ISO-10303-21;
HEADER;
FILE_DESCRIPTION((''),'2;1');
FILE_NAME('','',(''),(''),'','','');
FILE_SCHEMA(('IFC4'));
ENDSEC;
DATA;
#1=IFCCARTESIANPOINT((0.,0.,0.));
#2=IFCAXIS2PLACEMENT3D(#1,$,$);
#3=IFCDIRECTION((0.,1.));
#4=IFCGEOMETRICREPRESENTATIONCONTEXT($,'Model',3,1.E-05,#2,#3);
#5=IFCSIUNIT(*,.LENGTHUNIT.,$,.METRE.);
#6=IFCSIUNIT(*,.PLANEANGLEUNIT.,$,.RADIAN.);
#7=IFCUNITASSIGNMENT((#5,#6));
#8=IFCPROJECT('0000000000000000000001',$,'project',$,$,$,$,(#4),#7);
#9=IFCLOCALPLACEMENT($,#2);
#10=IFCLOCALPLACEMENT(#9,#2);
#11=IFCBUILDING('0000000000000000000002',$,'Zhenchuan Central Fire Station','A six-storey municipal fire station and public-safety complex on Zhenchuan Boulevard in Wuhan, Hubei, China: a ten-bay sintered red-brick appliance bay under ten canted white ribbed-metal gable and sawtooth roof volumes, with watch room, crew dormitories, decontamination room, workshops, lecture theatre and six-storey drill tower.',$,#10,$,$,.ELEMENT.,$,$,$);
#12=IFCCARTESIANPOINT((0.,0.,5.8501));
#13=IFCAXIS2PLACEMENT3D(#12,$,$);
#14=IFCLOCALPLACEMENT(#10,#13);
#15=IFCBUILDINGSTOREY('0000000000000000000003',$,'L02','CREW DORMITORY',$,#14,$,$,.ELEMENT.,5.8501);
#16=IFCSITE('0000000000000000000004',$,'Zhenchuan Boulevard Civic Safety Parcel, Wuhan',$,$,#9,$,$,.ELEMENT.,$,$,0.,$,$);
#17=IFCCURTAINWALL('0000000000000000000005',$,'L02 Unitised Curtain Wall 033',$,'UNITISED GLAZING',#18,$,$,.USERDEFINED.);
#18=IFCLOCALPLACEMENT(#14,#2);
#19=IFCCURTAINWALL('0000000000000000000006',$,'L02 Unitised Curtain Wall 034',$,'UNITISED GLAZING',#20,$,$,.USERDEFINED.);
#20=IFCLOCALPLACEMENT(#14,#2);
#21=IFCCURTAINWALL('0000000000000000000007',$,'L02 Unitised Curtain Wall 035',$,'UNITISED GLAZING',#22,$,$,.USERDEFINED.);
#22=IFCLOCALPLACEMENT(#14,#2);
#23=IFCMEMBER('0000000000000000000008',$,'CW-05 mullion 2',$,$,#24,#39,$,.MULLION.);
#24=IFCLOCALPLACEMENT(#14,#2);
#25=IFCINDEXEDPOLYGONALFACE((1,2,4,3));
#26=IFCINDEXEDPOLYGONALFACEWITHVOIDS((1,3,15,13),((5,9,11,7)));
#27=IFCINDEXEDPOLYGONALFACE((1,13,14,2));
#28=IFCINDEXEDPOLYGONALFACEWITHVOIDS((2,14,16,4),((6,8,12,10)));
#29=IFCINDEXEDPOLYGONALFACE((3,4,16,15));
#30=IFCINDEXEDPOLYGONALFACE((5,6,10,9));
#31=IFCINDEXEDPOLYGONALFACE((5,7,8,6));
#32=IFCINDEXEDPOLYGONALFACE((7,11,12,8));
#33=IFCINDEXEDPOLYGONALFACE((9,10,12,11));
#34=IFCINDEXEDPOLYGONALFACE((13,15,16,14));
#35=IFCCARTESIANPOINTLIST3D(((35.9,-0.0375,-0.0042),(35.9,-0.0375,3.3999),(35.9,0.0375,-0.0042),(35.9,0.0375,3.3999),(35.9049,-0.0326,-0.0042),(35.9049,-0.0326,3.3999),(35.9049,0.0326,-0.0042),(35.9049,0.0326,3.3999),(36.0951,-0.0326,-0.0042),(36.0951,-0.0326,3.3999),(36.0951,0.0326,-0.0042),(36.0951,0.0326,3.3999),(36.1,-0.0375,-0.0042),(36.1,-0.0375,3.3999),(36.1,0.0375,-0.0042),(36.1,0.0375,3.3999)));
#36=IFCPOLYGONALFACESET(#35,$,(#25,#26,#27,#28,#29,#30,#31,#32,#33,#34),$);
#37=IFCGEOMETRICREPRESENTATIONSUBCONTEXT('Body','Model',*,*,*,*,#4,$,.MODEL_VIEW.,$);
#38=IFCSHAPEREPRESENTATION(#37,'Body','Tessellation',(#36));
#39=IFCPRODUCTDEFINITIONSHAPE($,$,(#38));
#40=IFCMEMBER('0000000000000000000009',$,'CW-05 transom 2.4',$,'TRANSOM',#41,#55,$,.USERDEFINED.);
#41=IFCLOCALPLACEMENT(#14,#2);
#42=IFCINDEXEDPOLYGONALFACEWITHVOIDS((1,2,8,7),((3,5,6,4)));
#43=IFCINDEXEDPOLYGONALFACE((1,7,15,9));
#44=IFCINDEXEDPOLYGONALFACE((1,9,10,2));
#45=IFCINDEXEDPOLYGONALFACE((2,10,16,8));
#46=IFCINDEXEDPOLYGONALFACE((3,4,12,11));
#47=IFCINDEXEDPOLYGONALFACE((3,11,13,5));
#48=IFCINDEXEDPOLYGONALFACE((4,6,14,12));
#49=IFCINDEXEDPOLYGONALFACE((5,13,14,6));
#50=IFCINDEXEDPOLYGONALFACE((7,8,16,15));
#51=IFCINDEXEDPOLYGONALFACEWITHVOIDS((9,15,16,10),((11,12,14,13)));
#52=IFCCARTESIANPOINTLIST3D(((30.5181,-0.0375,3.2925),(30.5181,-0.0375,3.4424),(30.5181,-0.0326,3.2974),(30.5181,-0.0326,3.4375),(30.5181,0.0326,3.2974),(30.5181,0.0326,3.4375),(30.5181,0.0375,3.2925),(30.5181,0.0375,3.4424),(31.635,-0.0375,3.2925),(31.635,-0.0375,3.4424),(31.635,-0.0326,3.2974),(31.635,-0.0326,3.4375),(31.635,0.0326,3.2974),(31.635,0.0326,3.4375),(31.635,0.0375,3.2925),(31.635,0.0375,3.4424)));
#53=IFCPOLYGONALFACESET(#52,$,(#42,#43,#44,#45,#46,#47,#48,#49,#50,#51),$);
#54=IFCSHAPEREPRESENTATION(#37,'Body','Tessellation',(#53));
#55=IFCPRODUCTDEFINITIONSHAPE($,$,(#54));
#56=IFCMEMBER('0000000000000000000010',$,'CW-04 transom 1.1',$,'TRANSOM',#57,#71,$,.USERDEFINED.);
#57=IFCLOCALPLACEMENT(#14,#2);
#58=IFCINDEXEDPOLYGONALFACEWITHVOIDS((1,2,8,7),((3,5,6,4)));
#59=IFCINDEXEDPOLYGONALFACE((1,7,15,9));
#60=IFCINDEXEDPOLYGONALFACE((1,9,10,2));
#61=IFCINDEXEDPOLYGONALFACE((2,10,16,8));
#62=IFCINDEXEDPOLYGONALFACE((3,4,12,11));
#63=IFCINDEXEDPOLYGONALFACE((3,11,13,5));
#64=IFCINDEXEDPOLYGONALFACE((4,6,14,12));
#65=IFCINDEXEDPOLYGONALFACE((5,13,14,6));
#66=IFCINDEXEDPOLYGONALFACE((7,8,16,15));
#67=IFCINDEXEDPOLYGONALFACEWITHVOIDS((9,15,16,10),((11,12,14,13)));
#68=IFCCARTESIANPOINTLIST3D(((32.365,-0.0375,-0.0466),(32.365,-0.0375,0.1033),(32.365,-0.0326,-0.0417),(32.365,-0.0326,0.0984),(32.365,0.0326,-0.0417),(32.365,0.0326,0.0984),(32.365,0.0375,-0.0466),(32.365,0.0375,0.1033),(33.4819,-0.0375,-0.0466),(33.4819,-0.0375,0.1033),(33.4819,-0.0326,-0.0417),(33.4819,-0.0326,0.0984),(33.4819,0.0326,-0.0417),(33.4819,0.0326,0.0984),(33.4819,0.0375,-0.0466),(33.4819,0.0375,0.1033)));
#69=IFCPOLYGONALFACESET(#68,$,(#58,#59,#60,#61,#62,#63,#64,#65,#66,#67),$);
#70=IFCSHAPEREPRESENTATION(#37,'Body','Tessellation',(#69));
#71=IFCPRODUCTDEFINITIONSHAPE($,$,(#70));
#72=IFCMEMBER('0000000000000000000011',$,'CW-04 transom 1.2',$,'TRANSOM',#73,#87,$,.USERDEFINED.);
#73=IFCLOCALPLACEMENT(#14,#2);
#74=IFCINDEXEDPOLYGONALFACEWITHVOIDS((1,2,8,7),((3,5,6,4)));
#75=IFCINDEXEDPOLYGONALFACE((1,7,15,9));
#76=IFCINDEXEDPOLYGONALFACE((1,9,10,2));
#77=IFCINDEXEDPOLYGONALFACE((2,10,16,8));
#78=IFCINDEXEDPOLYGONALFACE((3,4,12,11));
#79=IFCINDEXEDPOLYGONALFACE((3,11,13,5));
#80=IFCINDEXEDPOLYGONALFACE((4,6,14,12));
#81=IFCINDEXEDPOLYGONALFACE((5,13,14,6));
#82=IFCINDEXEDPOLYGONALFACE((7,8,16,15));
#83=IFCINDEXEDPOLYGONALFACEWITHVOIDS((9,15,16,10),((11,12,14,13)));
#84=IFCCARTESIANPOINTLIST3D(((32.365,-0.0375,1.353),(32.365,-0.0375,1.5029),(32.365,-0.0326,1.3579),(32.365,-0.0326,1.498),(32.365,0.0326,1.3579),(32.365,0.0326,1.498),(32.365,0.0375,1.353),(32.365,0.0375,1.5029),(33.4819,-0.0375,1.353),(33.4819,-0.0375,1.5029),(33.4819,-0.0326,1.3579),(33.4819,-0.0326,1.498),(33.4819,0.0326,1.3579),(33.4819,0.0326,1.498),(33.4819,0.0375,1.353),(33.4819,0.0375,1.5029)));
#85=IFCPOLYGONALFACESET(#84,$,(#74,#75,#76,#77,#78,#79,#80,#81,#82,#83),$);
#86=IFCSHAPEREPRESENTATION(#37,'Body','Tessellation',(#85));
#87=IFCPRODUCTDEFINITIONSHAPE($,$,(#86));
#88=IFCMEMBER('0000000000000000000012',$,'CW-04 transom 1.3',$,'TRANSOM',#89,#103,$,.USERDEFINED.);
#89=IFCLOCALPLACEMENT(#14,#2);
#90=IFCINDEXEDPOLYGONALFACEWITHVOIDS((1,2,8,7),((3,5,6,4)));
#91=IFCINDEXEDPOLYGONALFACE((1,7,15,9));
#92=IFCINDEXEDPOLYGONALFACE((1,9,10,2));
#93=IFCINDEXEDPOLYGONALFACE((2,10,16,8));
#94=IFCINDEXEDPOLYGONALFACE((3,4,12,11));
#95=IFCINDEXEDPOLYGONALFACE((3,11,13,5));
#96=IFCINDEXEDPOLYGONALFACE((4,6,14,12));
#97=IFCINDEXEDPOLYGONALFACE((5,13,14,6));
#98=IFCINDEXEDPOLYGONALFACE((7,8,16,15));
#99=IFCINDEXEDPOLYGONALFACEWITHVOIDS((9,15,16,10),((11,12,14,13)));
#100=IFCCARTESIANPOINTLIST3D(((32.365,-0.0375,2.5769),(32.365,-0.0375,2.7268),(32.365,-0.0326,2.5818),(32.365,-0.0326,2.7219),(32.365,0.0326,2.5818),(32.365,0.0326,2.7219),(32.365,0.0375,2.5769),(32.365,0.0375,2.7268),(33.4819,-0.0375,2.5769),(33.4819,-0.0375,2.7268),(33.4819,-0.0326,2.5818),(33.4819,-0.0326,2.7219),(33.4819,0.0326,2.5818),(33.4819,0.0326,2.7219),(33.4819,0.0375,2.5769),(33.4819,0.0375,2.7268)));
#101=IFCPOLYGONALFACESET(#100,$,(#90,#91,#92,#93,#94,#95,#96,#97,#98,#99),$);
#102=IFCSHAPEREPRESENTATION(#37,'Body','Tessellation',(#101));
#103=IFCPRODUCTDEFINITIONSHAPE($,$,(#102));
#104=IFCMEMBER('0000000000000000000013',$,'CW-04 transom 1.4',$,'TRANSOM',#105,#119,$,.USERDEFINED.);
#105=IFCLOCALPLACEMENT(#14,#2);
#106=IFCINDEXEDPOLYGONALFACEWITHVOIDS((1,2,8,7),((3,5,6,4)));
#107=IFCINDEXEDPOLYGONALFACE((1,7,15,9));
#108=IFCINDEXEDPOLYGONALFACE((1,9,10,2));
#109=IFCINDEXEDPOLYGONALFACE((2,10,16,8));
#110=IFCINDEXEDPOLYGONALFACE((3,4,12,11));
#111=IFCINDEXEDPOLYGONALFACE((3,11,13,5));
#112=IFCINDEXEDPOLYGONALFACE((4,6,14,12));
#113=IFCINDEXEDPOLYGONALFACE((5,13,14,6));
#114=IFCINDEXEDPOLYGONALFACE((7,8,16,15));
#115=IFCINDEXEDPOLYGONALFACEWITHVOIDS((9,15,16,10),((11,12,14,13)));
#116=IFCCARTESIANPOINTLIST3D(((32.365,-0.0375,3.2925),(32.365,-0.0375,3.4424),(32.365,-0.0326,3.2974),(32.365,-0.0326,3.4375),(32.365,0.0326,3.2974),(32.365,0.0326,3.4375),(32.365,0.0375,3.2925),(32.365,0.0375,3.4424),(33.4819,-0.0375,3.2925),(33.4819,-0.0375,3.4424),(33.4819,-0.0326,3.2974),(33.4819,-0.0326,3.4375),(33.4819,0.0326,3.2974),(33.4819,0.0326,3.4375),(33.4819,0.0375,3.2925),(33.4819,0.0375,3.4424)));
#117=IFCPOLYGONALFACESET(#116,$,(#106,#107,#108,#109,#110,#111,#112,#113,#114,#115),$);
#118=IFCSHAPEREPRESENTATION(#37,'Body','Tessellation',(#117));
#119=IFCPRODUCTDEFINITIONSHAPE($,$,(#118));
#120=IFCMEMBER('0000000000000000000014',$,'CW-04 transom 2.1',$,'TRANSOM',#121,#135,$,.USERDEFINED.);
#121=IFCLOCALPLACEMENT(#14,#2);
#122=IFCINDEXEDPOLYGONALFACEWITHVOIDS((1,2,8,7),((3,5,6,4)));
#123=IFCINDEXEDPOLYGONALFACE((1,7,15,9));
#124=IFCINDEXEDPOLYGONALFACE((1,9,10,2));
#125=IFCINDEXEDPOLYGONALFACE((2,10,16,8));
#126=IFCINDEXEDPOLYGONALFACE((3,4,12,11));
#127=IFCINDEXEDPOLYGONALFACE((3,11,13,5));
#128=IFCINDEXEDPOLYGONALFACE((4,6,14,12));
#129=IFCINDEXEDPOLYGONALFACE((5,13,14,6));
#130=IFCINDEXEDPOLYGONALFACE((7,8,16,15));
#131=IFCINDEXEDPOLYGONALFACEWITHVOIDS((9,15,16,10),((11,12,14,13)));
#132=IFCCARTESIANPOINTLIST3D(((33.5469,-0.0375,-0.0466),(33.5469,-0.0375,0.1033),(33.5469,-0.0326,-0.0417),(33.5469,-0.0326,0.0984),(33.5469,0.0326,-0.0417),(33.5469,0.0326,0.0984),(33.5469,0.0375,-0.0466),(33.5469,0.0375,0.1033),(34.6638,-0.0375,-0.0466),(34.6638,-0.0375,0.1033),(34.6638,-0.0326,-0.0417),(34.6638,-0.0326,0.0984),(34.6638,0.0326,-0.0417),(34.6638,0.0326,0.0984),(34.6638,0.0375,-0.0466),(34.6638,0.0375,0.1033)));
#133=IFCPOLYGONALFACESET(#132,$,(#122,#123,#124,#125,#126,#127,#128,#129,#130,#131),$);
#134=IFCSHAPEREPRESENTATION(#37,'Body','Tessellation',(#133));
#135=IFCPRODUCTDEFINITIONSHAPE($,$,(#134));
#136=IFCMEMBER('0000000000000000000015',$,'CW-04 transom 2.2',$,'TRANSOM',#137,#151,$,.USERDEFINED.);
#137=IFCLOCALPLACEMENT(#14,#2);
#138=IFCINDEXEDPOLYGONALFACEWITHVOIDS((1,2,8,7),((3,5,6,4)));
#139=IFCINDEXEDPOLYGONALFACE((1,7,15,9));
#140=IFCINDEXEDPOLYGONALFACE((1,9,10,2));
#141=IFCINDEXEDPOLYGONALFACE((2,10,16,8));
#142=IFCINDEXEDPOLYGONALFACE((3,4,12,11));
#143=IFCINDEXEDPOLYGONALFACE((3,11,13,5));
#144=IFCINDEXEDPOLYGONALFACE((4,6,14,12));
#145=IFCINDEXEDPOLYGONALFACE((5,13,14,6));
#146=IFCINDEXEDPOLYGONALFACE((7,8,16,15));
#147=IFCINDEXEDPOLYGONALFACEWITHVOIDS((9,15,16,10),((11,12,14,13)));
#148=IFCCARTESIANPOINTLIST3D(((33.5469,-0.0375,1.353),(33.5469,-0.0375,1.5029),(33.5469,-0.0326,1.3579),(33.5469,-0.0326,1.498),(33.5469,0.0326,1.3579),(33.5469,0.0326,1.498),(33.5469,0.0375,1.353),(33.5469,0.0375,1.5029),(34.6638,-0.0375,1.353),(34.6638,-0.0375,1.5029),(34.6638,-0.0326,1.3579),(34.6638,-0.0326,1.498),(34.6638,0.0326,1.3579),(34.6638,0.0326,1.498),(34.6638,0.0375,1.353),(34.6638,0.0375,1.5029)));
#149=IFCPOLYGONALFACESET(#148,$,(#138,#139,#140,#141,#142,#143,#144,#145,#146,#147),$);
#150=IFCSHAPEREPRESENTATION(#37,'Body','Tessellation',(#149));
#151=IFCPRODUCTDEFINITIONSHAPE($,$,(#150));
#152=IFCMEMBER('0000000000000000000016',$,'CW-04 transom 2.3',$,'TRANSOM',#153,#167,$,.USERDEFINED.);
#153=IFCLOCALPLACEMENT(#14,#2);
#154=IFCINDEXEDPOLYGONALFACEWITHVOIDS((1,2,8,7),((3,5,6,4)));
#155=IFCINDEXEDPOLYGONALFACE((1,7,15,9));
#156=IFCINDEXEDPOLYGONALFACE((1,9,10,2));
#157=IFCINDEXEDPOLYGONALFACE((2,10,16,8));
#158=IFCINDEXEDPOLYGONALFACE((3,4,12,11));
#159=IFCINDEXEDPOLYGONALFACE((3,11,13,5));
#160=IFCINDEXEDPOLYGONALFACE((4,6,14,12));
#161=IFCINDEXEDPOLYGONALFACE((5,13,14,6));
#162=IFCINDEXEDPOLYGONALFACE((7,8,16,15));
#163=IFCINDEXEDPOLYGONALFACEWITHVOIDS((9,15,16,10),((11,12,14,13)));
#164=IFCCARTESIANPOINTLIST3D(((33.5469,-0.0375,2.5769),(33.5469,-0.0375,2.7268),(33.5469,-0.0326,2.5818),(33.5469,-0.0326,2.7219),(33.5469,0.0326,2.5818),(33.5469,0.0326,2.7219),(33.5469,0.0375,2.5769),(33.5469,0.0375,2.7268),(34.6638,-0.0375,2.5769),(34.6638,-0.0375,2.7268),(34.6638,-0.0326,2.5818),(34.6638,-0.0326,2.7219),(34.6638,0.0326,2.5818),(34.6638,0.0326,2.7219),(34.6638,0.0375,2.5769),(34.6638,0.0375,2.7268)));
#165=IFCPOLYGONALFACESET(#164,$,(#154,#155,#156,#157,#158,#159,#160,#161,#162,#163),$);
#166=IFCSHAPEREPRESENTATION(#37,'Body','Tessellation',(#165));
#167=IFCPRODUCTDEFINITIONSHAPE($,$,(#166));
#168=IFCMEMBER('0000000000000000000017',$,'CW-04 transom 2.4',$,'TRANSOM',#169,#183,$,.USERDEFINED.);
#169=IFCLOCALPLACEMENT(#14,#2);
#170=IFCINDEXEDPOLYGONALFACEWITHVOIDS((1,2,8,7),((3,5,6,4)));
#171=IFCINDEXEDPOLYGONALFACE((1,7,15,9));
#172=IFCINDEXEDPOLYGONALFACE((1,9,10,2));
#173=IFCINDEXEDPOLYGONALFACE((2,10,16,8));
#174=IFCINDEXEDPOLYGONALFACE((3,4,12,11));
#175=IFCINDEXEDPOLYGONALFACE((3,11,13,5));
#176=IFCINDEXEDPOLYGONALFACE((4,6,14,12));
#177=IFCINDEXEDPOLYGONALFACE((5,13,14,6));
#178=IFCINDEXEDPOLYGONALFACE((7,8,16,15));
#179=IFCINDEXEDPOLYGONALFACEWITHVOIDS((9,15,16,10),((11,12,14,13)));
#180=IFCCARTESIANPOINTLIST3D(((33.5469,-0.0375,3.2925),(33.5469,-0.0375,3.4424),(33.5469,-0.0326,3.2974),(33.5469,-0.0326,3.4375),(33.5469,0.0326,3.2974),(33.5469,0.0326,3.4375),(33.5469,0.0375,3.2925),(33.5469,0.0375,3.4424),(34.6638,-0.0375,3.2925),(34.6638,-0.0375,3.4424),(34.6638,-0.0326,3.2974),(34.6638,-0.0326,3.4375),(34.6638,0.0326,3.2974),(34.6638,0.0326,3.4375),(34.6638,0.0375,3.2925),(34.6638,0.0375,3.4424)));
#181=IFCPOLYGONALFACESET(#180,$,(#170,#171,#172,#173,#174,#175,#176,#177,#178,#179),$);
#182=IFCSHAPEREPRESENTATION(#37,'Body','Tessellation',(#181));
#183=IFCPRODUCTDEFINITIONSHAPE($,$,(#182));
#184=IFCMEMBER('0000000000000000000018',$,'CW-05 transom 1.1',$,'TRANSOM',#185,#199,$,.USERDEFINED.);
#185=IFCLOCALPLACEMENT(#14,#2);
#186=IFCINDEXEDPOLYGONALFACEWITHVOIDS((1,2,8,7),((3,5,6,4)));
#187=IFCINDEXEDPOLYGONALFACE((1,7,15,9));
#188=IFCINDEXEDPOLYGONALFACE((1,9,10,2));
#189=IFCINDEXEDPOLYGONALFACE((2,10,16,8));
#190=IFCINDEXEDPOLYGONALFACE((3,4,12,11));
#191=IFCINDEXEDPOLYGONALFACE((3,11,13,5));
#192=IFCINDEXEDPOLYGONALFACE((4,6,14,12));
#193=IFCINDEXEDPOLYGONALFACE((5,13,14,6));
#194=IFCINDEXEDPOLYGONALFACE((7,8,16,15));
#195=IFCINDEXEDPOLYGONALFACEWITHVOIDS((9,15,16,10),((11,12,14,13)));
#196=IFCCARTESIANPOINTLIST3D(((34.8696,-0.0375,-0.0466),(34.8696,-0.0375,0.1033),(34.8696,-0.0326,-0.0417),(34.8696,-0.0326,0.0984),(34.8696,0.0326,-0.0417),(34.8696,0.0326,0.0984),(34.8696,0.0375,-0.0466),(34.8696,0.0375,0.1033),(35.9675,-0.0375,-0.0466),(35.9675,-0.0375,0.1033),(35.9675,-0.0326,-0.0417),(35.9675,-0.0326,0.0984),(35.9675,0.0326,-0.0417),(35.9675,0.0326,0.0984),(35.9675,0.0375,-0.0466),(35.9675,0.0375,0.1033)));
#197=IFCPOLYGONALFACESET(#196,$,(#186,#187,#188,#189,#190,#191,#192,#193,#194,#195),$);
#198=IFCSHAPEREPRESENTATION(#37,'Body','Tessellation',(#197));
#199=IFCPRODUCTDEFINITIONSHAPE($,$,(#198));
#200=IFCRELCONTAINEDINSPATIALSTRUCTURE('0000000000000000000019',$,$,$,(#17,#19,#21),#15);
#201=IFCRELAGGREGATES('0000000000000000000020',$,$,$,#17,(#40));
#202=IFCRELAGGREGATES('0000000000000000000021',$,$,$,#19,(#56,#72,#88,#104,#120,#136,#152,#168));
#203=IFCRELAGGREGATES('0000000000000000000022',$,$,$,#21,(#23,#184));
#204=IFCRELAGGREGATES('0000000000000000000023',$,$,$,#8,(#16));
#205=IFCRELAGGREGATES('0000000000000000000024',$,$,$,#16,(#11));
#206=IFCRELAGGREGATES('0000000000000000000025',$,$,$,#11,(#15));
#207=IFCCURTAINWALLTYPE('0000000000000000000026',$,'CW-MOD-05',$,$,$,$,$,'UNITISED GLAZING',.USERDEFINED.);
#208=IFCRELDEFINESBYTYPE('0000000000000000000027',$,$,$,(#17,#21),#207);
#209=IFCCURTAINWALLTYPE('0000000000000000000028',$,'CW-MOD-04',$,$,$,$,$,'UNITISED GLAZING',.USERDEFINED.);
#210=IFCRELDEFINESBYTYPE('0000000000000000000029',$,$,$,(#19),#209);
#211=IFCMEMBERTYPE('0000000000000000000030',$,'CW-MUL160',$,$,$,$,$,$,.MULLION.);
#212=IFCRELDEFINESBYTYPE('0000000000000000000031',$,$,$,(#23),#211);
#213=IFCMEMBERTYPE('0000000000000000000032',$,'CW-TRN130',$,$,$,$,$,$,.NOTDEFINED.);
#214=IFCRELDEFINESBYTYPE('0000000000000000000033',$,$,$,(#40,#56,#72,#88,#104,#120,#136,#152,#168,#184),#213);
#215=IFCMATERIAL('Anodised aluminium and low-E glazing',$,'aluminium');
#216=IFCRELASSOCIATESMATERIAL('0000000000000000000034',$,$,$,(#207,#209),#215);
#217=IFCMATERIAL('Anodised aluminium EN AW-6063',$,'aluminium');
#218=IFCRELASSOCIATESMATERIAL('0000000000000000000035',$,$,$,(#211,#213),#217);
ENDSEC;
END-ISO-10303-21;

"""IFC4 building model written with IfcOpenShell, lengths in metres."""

from ifc_helpers import new_model, si_unit, direction, frame, origin, origin_2d, place, context, subcontext, project, spatial, hollow_rectangle, extrude, material, material_profile, profile_set, type_object, element, aggregate, save


model = new_model("IFC4")

# Units and contexts
model_context = context("Model", 3, precision=1e-05, world=origin(), true_north=direction((0.0, 1.0)))
body_context = subcontext(model_context, "Body", "Model", "MODEL_VIEW")
ifc_project = project(units=[si_unit("LENGTHUNIT", "METRE"), si_unit("PLANEANGLEUNIT", "RADIAN")], contexts=[model_context])

# Site, building, storey
site_placement = place(None, origin())
site = spatial("IfcSite", under=ifc_project, at=site_placement, Name="Zhenchuan Boulevard Civic Safety Parcel, Wuhan", CompositionType="ELEMENT", RefElevation=0.0)
building_placement = place(site_placement, origin())
building = spatial("IfcBuilding", under=site, at=building_placement, Name="Zhenchuan Central Fire Station", Description="A six-storey municipal fire station and public-safety complex on Zhenchuan Boulevard in Wuhan, Hubei, China: a ten-bay sintered red-brick appliance bay under ten canted white ribbed-metal gable and sawtooth roof volumes, with watch room, crew dormitories, decontamination room, workshops, lecture theatre and six-storey drill tower.", CompositionType="ELEMENT")
storey_placement = place(building_placement, frame((0.0, 0.0, 5.8501)))
storey = spatial("IfcBuildingStorey", under=building, at=storey_placement, Name="L02", Description="CREW DORMITORY", CompositionType="ELEMENT", Elevation=5.8501)

# Curtain wall
ifc_material_1 = material(Name="Anodised aluminium and low-E glazing", Category="aluminium")
curtain_wall_type_1 = type_object("IfcCurtainWallType", Name="CW-MOD-05", ElementType="UNITISED GLAZING", PredefinedType="USERDEFINED", material=ifc_material_1)
curtain_wall_1_placement = place(storey_placement, origin())
curtain_wall_1 = element("IfcCurtainWall", 1, at=curtain_wall_1_placement, inside=storey, type_object=curtain_wall_type_1, Name="L02 Unitised Curtain Wall 033", ObjectType="UNITISED GLAZING", PredefinedType="USERDEFINED")
ifc_material_2 = material(Name="Anodised aluminium EN AW-6063", Category="aluminium")
ifc_material_profile_1 = material_profile(ifc_material_2, hollow_rectangle(XDim=0.075, YDim=0.2, WallThickness=0.0049, at=origin_2d()), Name="ALU-M 200x75")
ifc_profile_set_1 = profile_set([ifc_material_profile_1], Name="Anodised aluminium EN AW-6063")
member_type_1 = type_object("IfcMemberType", Name="CW-MUL160", PredefinedType="MULLION", material=ifc_profile_set_1)

# Curtain walls, member
curtain_wall_type_2 = type_object("IfcCurtainWallType", Name="CW-MOD-04", ElementType="UNITISED GLAZING", PredefinedType="USERDEFINED", material=ifc_material_1)
curtain_wall_2_placement = place(storey_placement, origin())
curtain_wall_2 = element("IfcCurtainWall", 2, at=curtain_wall_2_placement, inside=storey, type_object=curtain_wall_type_2, Name="L02 Unitised Curtain Wall 034", ObjectType="UNITISED GLAZING", PredefinedType="USERDEFINED")
curtain_wall_3_placement = place(storey_placement, origin())
curtain_wall_3 = element("IfcCurtainWall", 3, at=curtain_wall_3_placement, inside=storey, type_object=curtain_wall_type_1, Name="L02 Unitised Curtain Wall 035", ObjectType="UNITISED GLAZING", PredefinedType="USERDEFINED")
member_1_placement = place(storey_placement, frame((36.0, 0.0, -0.0042), z_axis=(0.0, 0.0, 1.0), x_axis=(0.0, 1.0, 0.0)))
member_1 = element("IfcMember", 4, at=member_1_placement, type_object=member_type_1, Name="CW-05 mullion 2", PredefinedType="MULLION", context=body_context, shape_type="SweptSolid", body=[
    extrude(hollow_rectangle(XDim=0.075, YDim=0.2, WallThickness=0.0049, at=origin_2d()), origin(), (0.0, 0.0, 1.0), 3.4041),
])

# Members
ifc_material_profile_2 = material_profile(ifc_material_2, hollow_rectangle(XDim=0.075, YDim=0.1499, WallThickness=0.0049, at=origin_2d()), Name="ALU-T 150x75")
ifc_profile_set_2 = profile_set([ifc_material_profile_2], Name="Anodised aluminium EN AW-6063")
member_type_2 = type_object("IfcMemberType", Name="CW-TRN130", PredefinedType="NOTDEFINED", material=ifc_profile_set_2)
member_2_placement = place(storey_placement, frame((30.5181, 0.0, 3.3674), z_axis=(1.0, 0.0, 0.0), x_axis=(0.0, 1.0, 0.0)))
member_2 = element("IfcMember", 5, at=member_2_placement, type_object=member_type_2, Name="CW-05 transom 2.4", ObjectType="TRANSOM", PredefinedType="USERDEFINED", context=body_context, shape_type="SweptSolid", body=[
    extrude(hollow_rectangle(XDim=0.075, YDim=0.1499, WallThickness=0.0049, at=origin_2d()), origin(), (0.0, 0.0, 1.0), 1.1169),
])
member_3_placement = place(storey_placement, frame((32.365, 0.0, 0.0283), z_axis=(1.0, 0.0, 0.0), x_axis=(0.0, 1.0, 0.0)))
member_3 = element("IfcMember", 6, at=member_3_placement, type_object=member_type_2, Name="CW-04 transom 1.1", ObjectType="TRANSOM", PredefinedType="USERDEFINED", context=body_context, shape_type="SweptSolid", body=[
    extrude(hollow_rectangle(XDim=0.075, YDim=0.1499, WallThickness=0.0049, at=origin_2d()), origin(), (0.0, 0.0, 1.0), 1.1169),
])
member_4_placement = place(storey_placement, frame((32.365, 0.0, 1.428), z_axis=(1.0, 0.0, 0.0), x_axis=(0.0, 1.0, 0.0)))
member_4 = element("IfcMember", 7, at=member_4_placement, type_object=member_type_2, Name="CW-04 transom 1.2", ObjectType="TRANSOM", PredefinedType="USERDEFINED", context=body_context, shape_type="SweptSolid", body=[
    extrude(hollow_rectangle(XDim=0.075, YDim=0.1499, WallThickness=0.0049, at=origin_2d()), origin(), (0.0, 0.0, 1.0), 1.1169),
])
member_5_placement = place(storey_placement, frame((32.365, 0.0, 2.6519), z_axis=(1.0, 0.0, 0.0), x_axis=(0.0, 1.0, 0.0)))
member_5 = element("IfcMember", 8, at=member_5_placement, type_object=member_type_2, Name="CW-04 transom 1.3", ObjectType="TRANSOM", PredefinedType="USERDEFINED", context=body_context, shape_type="SweptSolid", body=[
    extrude(hollow_rectangle(XDim=0.075, YDim=0.1499, WallThickness=0.0049, at=origin_2d()), origin(), (0.0, 0.0, 1.0), 1.1169),
])
member_6_placement = place(storey_placement, frame((32.365, 0.0, 3.3674), z_axis=(1.0, 0.0, 0.0), x_axis=(0.0, 1.0, 0.0)))
member_6 = element("IfcMember", 9, at=member_6_placement, type_object=member_type_2, Name="CW-04 transom 1.4", ObjectType="TRANSOM", PredefinedType="USERDEFINED", context=body_context, shape_type="SweptSolid", body=[
    extrude(hollow_rectangle(XDim=0.075, YDim=0.1499, WallThickness=0.0049, at=origin_2d()), origin(), (0.0, 0.0, 1.0), 1.1169),
])
member_7_placement = place(storey_placement, frame((33.5469, 0.0, 0.0283), z_axis=(1.0, 0.0, 0.0), x_axis=(0.0, 1.0, 0.0)))
member_7 = element("IfcMember", 10, at=member_7_placement, type_object=member_type_2, Name="CW-04 transom 2.1", ObjectType="TRANSOM", PredefinedType="USERDEFINED", context=body_context, shape_type="SweptSolid", body=[
    extrude(hollow_rectangle(XDim=0.075, YDim=0.1499, WallThickness=0.0049, at=origin_2d()), origin(), (0.0, 0.0, 1.0), 1.1169),
])
member_8_placement = place(storey_placement, frame((33.5469, 0.0, 1.428), z_axis=(1.0, 0.0, 0.0), x_axis=(0.0, 1.0, 0.0)))
member_8 = element("IfcMember", 11, at=member_8_placement, type_object=member_type_2, Name="CW-04 transom 2.2", ObjectType="TRANSOM", PredefinedType="USERDEFINED", context=body_context, shape_type="SweptSolid", body=[
    extrude(hollow_rectangle(XDim=0.075, YDim=0.1499, WallThickness=0.0049, at=origin_2d()), origin(), (0.0, 0.0, 1.0), 1.1169),
])
member_9_placement = place(storey_placement, frame((33.5469, 0.0, 2.6519), z_axis=(1.0, 0.0, 0.0), x_axis=(0.0, 1.0, 0.0)))
member_9 = element("IfcMember", 12, at=member_9_placement, type_object=member_type_2, Name="CW-04 transom 2.3", ObjectType="TRANSOM", PredefinedType="USERDEFINED", context=body_context, shape_type="SweptSolid", body=[
    extrude(hollow_rectangle(XDim=0.075, YDim=0.1499, WallThickness=0.0049, at=origin_2d()), origin(), (0.0, 0.0, 1.0), 1.1169),
])
member_10_placement = place(storey_placement, frame((33.5469, 0.0, 3.3674), z_axis=(1.0, 0.0, 0.0), x_axis=(0.0, 1.0, 0.0)))
member_10 = element("IfcMember", 13, at=member_10_placement, type_object=member_type_2, Name="CW-04 transom 2.4", ObjectType="TRANSOM", PredefinedType="USERDEFINED", context=body_context, shape_type="SweptSolid", body=[
    extrude(hollow_rectangle(XDim=0.075, YDim=0.1499, WallThickness=0.0049, at=origin_2d()), origin(), (0.0, 0.0, 1.0), 1.1169),
])
member_11_placement = place(storey_placement, frame((34.8696, 0.0, 0.0283), z_axis=(1.0, 0.0, 0.0), x_axis=(0.0, 1.0, 0.0)))
member_11 = element("IfcMember", 14, at=member_11_placement, type_object=member_type_2, Name="CW-05 transom 1.1", ObjectType="TRANSOM", PredefinedType="USERDEFINED", context=body_context, shape_type="SweptSolid", body=[
    extrude(hollow_rectangle(XDim=0.075, YDim=0.1499, WallThickness=0.0049, at=origin_2d()), origin(), (0.0, 0.0, 1.0), 1.0979),
])

aggregate(curtain_wall_1, [member_2])
aggregate(curtain_wall_2, [member_3, member_4, member_5, member_6, member_7, member_8, member_9, member_10])
aggregate(curtain_wall_3, [member_1, member_11])

save(model, "model.ifc")
